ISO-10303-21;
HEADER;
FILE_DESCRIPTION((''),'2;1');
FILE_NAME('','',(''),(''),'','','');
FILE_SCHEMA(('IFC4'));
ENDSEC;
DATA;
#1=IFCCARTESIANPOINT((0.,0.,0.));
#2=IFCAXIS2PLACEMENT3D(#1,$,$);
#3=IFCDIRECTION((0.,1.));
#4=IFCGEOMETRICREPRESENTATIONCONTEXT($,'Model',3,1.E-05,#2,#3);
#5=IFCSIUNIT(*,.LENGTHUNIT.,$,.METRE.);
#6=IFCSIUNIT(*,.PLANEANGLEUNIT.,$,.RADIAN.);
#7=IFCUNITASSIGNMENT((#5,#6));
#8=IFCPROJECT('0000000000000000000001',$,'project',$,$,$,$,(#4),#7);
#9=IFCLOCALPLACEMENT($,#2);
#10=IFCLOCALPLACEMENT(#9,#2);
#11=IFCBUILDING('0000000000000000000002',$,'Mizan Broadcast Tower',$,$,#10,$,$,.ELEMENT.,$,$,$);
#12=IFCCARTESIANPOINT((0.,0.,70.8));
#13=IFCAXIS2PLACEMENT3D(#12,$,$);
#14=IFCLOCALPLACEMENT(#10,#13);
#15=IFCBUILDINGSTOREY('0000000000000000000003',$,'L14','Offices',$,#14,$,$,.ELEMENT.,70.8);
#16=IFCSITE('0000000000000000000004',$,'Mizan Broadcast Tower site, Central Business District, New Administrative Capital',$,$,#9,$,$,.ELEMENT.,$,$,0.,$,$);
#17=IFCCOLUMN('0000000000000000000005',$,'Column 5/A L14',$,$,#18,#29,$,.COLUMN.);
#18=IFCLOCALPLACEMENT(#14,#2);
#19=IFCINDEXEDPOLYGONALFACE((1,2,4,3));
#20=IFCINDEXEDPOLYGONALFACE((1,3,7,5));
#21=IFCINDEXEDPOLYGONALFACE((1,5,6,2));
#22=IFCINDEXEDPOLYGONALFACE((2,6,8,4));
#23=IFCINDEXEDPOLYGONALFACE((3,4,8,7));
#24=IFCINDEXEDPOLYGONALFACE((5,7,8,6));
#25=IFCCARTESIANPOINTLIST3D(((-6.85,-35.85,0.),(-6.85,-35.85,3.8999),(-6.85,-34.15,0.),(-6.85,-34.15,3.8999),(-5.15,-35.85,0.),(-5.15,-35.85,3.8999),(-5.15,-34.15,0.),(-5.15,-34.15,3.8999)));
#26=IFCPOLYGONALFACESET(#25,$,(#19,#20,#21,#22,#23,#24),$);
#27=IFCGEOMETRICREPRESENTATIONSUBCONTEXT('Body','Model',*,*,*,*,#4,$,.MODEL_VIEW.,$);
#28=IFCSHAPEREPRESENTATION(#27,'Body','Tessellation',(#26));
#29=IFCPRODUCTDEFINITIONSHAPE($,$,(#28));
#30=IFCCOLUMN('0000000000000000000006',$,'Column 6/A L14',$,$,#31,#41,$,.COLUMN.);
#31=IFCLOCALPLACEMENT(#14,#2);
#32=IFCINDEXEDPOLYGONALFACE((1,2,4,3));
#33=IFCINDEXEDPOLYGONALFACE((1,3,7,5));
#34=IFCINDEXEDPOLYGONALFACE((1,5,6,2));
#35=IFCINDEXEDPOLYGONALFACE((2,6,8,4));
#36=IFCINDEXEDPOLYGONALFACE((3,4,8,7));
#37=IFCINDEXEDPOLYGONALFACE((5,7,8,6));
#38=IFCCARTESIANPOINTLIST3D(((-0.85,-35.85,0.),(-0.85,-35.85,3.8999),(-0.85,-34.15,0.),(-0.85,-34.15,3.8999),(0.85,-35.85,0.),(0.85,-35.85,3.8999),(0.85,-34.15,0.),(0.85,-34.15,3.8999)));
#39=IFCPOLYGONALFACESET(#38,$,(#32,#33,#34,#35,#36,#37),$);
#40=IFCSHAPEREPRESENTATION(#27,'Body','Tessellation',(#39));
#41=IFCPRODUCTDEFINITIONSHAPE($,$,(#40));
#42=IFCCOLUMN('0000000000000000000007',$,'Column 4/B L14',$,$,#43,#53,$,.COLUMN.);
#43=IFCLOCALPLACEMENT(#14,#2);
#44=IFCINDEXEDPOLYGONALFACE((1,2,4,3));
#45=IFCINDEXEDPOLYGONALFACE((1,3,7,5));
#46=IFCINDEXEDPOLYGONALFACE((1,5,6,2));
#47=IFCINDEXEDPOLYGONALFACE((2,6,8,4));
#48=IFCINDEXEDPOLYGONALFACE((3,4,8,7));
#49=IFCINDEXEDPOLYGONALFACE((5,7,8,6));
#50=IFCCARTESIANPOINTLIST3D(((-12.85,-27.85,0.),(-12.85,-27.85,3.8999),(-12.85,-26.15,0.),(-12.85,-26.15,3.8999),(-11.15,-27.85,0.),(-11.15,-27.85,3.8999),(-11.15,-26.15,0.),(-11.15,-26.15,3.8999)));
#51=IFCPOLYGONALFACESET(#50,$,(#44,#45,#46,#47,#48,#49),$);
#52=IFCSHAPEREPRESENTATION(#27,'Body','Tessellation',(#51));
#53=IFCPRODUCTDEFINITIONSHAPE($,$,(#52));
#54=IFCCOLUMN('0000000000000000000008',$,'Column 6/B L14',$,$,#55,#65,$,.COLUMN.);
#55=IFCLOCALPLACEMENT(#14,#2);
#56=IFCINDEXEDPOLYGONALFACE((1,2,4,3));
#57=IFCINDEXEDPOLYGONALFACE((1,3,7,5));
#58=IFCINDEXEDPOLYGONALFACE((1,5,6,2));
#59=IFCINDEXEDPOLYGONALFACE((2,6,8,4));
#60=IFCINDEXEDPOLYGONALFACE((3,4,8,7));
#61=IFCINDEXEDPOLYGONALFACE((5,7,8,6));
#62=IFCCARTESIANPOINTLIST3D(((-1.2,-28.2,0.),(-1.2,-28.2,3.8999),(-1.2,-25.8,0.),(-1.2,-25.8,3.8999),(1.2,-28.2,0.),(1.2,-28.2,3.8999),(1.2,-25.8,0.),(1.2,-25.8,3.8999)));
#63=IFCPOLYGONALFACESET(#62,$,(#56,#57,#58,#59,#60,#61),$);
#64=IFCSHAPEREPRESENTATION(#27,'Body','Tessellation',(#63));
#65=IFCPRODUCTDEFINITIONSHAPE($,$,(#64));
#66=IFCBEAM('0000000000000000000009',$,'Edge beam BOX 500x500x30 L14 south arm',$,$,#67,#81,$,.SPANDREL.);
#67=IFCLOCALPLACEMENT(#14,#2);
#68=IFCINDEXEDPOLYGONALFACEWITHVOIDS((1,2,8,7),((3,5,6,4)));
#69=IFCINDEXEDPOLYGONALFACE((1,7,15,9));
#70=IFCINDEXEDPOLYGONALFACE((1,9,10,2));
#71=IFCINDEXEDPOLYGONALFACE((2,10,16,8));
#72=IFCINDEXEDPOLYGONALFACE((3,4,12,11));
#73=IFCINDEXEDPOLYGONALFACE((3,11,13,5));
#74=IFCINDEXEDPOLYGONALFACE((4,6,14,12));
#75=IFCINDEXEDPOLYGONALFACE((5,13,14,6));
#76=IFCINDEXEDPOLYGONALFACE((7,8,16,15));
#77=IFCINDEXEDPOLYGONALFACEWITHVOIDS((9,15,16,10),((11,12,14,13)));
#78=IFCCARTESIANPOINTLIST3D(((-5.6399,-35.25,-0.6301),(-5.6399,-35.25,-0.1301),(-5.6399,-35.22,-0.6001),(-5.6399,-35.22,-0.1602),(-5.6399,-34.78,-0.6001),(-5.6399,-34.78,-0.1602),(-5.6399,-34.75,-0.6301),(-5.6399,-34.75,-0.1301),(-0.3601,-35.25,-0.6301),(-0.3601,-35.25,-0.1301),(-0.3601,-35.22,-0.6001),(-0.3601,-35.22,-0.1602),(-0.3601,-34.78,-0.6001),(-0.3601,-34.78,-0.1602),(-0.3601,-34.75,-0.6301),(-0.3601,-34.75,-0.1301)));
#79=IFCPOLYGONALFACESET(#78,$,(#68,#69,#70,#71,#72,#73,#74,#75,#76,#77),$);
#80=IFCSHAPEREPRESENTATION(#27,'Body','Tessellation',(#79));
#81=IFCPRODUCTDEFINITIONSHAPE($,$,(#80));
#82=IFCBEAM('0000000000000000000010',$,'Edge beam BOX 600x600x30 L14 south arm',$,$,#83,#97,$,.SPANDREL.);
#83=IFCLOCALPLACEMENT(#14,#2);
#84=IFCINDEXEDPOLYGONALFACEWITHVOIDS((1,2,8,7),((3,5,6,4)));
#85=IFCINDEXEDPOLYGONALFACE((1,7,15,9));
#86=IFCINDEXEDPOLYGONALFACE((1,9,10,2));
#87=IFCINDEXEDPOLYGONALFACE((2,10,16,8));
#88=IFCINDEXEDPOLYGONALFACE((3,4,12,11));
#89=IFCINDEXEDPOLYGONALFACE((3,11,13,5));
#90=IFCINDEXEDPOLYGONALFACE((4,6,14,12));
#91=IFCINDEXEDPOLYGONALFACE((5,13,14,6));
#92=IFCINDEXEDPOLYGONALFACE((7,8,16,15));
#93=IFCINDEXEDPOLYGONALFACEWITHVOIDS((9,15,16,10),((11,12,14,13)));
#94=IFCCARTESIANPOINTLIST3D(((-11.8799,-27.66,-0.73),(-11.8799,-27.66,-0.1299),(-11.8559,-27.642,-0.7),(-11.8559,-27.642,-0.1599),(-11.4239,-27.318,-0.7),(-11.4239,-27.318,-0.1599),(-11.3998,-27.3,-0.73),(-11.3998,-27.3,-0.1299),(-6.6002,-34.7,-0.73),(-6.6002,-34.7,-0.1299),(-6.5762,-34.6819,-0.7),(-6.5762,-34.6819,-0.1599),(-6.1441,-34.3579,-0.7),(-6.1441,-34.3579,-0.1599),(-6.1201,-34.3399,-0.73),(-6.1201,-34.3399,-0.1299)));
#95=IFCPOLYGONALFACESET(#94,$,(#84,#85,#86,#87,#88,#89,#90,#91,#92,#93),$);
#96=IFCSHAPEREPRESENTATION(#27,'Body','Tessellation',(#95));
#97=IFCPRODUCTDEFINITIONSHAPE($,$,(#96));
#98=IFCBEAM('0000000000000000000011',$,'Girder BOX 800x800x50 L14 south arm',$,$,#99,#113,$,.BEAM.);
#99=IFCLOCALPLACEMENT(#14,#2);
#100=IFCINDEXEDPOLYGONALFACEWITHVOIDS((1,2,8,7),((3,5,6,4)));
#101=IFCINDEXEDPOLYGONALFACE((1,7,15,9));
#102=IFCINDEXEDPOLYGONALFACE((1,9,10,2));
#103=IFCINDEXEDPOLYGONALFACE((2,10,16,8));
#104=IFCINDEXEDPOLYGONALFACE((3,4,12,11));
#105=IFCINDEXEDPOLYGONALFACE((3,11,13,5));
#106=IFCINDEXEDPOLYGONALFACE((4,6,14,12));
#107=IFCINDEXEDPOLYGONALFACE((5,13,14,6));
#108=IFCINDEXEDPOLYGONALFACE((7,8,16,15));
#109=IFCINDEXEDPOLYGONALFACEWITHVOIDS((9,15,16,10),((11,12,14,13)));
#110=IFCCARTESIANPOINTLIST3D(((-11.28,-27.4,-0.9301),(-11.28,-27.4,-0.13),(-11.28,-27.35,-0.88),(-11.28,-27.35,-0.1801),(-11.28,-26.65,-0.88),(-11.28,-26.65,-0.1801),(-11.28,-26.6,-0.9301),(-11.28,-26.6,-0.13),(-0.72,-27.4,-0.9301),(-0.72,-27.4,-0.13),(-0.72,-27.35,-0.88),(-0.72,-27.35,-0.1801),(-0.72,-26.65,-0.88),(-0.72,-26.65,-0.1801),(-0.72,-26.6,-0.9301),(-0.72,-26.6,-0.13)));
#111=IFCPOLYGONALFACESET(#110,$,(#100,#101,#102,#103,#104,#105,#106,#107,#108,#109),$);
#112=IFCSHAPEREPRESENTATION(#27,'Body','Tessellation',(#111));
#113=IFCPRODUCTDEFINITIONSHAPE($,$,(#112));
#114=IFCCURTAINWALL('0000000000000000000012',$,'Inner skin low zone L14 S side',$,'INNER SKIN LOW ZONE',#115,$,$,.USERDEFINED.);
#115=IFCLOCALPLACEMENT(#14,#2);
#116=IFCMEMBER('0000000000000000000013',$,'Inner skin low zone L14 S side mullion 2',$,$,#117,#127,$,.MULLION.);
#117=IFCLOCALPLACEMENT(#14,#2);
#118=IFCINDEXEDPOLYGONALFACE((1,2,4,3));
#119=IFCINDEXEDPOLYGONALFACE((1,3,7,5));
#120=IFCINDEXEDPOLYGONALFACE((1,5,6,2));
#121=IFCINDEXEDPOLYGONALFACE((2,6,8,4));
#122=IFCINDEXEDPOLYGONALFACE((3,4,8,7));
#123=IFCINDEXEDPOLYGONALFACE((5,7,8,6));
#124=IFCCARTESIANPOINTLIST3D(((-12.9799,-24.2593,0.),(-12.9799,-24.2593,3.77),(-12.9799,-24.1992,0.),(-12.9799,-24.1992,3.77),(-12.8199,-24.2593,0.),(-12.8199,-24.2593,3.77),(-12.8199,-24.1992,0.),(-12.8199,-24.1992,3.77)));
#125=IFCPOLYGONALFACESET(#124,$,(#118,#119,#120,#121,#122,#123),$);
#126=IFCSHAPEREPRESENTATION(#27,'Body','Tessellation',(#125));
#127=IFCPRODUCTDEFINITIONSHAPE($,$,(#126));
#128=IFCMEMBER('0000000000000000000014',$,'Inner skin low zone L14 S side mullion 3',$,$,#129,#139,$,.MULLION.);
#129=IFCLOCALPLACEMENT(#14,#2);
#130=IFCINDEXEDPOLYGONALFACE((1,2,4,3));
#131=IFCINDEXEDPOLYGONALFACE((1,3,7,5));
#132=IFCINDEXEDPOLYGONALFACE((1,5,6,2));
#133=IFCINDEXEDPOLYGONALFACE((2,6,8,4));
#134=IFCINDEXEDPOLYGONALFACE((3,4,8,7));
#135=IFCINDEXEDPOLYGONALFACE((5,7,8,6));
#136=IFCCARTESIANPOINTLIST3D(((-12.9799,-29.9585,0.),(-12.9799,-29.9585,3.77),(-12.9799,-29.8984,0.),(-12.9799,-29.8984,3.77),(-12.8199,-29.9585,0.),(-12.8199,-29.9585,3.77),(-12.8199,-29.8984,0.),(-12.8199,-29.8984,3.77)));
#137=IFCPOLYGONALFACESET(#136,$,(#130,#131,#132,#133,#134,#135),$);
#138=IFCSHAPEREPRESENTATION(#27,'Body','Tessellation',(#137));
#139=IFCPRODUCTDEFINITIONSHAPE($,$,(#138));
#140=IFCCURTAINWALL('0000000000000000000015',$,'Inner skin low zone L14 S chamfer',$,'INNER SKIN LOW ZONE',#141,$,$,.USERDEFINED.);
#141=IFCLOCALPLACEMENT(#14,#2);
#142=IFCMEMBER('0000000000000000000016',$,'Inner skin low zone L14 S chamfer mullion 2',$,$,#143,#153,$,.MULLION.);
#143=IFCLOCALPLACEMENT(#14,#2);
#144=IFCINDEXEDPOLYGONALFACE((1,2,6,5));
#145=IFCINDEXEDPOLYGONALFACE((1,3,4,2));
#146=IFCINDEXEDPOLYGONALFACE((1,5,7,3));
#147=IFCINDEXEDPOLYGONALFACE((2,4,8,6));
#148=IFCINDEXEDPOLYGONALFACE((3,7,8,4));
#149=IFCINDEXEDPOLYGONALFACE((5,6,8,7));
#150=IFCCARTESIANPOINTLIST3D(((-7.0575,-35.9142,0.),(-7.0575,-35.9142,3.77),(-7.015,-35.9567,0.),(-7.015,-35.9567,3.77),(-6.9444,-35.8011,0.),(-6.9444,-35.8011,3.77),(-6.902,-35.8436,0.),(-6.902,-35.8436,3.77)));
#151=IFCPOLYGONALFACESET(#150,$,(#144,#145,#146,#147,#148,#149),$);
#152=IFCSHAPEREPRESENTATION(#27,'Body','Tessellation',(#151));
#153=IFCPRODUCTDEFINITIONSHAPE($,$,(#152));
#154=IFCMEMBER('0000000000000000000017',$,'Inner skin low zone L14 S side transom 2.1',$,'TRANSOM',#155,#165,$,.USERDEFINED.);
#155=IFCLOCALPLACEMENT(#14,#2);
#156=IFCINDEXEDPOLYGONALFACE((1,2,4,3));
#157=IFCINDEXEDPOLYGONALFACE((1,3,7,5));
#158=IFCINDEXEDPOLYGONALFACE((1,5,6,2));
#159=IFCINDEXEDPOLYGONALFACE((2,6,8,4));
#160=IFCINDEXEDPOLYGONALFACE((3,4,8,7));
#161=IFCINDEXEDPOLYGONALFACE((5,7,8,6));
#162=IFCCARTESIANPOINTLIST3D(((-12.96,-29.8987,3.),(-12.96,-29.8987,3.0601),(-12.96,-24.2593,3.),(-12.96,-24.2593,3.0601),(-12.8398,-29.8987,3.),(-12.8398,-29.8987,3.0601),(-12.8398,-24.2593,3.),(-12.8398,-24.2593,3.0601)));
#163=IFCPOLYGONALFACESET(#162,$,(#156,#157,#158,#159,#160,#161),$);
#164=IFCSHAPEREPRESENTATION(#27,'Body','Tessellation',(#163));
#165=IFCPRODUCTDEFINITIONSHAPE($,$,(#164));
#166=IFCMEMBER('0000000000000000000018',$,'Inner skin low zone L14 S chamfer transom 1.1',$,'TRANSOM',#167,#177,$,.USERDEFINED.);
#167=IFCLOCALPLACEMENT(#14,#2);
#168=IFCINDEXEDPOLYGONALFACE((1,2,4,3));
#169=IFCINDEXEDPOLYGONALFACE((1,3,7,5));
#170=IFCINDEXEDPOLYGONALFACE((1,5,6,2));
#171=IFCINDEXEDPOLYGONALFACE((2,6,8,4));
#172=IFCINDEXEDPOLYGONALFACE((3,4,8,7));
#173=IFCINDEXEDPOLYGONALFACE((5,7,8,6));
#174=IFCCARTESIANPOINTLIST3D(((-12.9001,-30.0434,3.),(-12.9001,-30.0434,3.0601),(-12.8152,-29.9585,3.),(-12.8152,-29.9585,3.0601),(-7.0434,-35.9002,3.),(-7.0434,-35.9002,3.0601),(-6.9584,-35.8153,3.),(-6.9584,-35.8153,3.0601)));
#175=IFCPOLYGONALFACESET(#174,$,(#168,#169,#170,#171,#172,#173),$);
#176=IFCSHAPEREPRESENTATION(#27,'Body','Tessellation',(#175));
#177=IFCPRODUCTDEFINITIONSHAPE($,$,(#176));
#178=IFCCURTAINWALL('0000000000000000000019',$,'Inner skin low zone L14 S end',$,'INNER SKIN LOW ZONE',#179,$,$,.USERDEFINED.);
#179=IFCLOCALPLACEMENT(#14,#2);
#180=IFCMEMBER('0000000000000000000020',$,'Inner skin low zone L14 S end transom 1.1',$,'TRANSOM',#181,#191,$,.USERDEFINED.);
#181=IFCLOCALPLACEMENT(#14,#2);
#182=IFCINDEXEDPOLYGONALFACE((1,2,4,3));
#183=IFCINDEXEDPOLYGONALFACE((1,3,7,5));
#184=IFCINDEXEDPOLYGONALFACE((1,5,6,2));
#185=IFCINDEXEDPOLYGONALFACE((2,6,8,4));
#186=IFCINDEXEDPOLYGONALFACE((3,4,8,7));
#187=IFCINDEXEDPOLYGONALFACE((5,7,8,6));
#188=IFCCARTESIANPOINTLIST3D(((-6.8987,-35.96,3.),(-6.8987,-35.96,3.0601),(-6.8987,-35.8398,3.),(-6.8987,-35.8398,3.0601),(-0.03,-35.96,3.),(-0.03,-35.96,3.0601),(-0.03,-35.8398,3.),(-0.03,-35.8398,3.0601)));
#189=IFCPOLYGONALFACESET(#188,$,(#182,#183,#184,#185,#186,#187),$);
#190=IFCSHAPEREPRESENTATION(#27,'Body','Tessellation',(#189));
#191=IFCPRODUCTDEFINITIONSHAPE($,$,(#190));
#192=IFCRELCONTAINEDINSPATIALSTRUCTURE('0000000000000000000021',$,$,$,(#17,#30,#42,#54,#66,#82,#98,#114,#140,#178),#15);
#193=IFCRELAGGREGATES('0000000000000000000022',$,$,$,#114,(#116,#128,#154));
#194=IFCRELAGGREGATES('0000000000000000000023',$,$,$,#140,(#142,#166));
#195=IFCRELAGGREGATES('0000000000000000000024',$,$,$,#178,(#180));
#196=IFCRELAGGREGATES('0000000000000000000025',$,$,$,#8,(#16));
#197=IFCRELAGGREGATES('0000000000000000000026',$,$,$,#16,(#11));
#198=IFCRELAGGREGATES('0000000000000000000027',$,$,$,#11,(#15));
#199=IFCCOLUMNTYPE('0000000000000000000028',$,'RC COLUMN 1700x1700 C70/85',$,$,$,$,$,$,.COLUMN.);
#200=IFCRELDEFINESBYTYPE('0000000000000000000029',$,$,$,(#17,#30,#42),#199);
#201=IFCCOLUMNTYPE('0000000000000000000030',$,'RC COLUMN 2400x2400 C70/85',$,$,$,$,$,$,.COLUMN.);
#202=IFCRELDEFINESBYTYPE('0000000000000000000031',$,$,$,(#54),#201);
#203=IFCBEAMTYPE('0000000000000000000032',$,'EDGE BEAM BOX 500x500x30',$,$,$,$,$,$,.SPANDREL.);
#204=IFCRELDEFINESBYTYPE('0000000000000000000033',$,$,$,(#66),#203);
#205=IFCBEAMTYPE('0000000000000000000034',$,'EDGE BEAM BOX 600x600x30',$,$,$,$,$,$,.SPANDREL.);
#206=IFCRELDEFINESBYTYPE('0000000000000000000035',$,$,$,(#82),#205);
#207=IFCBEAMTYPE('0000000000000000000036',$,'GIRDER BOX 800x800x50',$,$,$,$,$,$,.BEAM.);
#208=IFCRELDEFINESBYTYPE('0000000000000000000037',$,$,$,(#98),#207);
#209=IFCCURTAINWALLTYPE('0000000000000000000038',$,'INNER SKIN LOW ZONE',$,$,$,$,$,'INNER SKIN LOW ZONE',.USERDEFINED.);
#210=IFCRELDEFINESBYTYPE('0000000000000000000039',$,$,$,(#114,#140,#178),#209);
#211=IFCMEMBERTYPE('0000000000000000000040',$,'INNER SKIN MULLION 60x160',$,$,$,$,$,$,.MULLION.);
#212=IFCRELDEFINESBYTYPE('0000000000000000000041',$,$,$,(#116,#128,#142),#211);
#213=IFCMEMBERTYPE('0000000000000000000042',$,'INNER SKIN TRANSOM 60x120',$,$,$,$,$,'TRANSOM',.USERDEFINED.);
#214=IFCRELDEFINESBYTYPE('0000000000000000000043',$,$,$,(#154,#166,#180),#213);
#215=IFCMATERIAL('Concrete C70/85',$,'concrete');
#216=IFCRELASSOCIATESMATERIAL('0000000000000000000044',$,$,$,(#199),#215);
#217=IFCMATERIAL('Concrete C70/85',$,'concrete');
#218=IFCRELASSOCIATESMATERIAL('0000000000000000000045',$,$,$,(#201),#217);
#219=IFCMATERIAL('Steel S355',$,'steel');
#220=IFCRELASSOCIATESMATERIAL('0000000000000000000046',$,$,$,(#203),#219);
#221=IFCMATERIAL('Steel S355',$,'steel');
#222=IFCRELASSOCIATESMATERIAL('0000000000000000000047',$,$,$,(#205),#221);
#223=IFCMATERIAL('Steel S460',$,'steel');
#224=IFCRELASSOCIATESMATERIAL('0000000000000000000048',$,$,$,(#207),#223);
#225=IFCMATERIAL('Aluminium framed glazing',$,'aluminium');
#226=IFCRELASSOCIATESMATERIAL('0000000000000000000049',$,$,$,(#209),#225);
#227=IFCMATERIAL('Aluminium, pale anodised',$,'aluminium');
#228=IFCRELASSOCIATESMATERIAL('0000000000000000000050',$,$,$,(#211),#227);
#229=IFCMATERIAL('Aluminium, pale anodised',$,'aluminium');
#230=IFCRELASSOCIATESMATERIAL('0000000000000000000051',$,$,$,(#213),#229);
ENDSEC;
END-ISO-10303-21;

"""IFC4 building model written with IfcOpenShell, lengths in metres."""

from ifc_helpers import new_model, si_unit, direction, frame, origin, origin_2d, place, context, subcontext, project, spatial, rectangle, hollow_rectangle, extrude, material, material_profile, profile_set, type_object, element, aggregate, save


model = new_model("IFC4")

# Units and contexts
model_context = context("Model", 3, precision=1e-05, world=origin(), true_north=direction((0.0, 1.0)))
body_context = subcontext(model_context, "Body", "Model", "MODEL_VIEW")
ifc_project = project(units=[si_unit("LENGTHUNIT", "METRE"), si_unit("PLANEANGLEUNIT", "RADIAN")], contexts=[model_context])

# Site, building, storey
site_placement = place(None, origin())
site = spatial("IfcSite", under=ifc_project, at=site_placement, Name="Mizan Broadcast Tower site, Central Business District, New Administrative Capital", CompositionType="ELEMENT", RefElevation=0.0)
building_placement = place(site_placement, origin())
building = spatial("IfcBuilding", under=site, at=building_placement, Name="Mizan Broadcast Tower", CompositionType="ELEMENT")
storey_placement = place(building_placement, frame((0.0, 0.0, 70.8)))
storey = spatial("IfcBuildingStorey", under=building, at=storey_placement, Name="L14", Description="Offices", CompositionType="ELEMENT", Elevation=70.8)

# Columns
ifc_material_1 = material(Name="Concrete C70/85", Category="concrete")
ifc_material_profile_1 = material_profile(ifc_material_1, rectangle(XDim=1.7, YDim=1.7, at=origin_2d()), Name="RC 1700x1700")
ifc_profile_set_1 = profile_set([ifc_material_profile_1], Name="Concrete C70/85")
column_type_1 = type_object("IfcColumnType", Name="RC COLUMN 1700x1700 C70/85", PredefinedType="COLUMN", material=ifc_profile_set_1)
for number, where, z_axis, x_axis, name in (
    (1, (-6.0, -35.0, 0.0), (0.0, 0.0, 1.0), (1.0, 0.0, 0.0), "Column 5/A L14"),
    (2, (0.0, -35.0, 0.0), (0.0, 0.0, 1.0), (1.0, 0.0, 0.0), "Column 6/A L14"),
    (3, (-12.0, -27.0, 0.0), (0.0, 0.0, 1.0), (1.0, 0.0, 0.0), "Column 4/B L14"),
):
    element("IfcColumn", number, at=place(storey_placement, frame(where, z_axis=z_axis, x_axis=x_axis)), inside=storey, type_object=column_type_1, Name=name, PredefinedType="COLUMN", context=body_context, shape_type="SweptSolid", body=[
        extrude(rectangle(XDim=1.7, YDim=1.7, at=origin_2d()), origin(), (0.0, 0.0, 1.0), 3.8999),
    ])
ifc_material_2 = material(Name="Concrete C70/85", Category="concrete")
ifc_material_profile_2 = material_profile(ifc_material_2, rectangle(XDim=2.3999, YDim=2.3999, at=origin_2d()), Name="RC 2400x2400")
ifc_profile_set_2 = profile_set([ifc_material_profile_2], Name="Concrete C70/85")
column_type_2 = type_object("IfcColumnType", Name="RC COLUMN 2400x2400 C70/85", PredefinedType="COLUMN", material=ifc_profile_set_2)
column_placement = place(storey_placement, frame((0.0, -27.0, 0.0), z_axis=(0.0, 0.0, 1.0), x_axis=(1.0, 0.0, 0.0)))
element("IfcColumn", 4, at=column_placement, inside=storey, type_object=column_type_2, Name="Column 6/B L14", PredefinedType="COLUMN", context=body_context, shape_type="SweptSolid", body=[
    extrude(rectangle(XDim=2.3999, YDim=2.3999, at=origin_2d()), origin(), (0.0, 0.0, 1.0), 3.8999),
])

# Beams
ifc_material_3 = material(Name="Steel S355", Category="steel")
ifc_material_profile_3 = material_profile(ifc_material_3, hollow_rectangle(XDim=0.5, YDim=0.5, WallThickness=0.03, at=origin_2d()), Name="BOX 500x500x30")
ifc_profile_set_3 = profile_set([ifc_material_profile_3], Name="Steel S355")
beam_type_1 = type_object("IfcBeamType", Name="EDGE BEAM BOX 500x500x30", PredefinedType="SPANDREL", material=ifc_profile_set_3)
beam_1_placement = place(storey_placement, frame((-5.6399, -35.0, -0.3801), z_axis=(1.0, 0.0, 0.0), x_axis=(0.0, 1.0, 0.0)))
element("IfcBeam", 5, at=beam_1_placement, inside=storey, type_object=beam_type_1, Name="Edge beam BOX 500x500x30 L14 south arm", PredefinedType="SPANDREL", context=body_context, shape_type="SweptSolid", body=[
    extrude(hollow_rectangle(XDim=0.5, YDim=0.5, WallThickness=0.03, at=origin_2d()), origin(), (0.0, 0.0, 1.0), 5.2798),
])
ifc_material_4 = material(Name="Steel S355", Category="steel")
ifc_material_profile_4 = material_profile(ifc_material_4, hollow_rectangle(XDim=0.6001, YDim=0.6001, WallThickness=0.03, at=origin_2d()), Name="BOX 600x600x30")
ifc_profile_set_4 = profile_set([ifc_material_profile_4], Name="Steel S355")
beam_type_2 = type_object("IfcBeamType", Name="EDGE BEAM BOX 600x600x30", PredefinedType="SPANDREL", material=ifc_profile_set_4)
beam_2_placement = place(storey_placement, frame((-11.6399, -27.48, -0.4299), z_axis=(0.599982, -0.800013, 0.0), x_axis=(0.800013, 0.599982, 0.0)))
element("IfcBeam", 6, at=beam_2_placement, inside=storey, type_object=beam_type_2, Name="Edge beam BOX 600x600x30 L14 south arm", PredefinedType="SPANDREL", context=body_context, shape_type="SweptSolid", body=[
    extrude(hollow_rectangle(XDim=0.6001, YDim=0.6001, WallThickness=0.03, at=origin_2d()), origin(), (0.0, 0.0, 1.0), 8.7998),
])
ifc_material_5 = material(Name="Steel S460", Category="steel")
ifc_material_profile_5 = material_profile(ifc_material_5, hollow_rectangle(XDim=0.8, YDim=0.8, WallThickness=0.05, at=origin_2d()), Name="BOX 800x800x50")
ifc_profile_set_5 = profile_set([ifc_material_profile_5], Name="Steel S460")
beam_type_3 = type_object("IfcBeamType", Name="GIRDER BOX 800x800x50", PredefinedType="BEAM", material=ifc_profile_set_5)
beam_3_placement = place(storey_placement, frame((-11.28, -27.0, -0.53), z_axis=(1.0, 0.0, 0.0), x_axis=(0.0, 1.0, 0.0)))
element("IfcBeam", 7, at=beam_3_placement, inside=storey, type_object=beam_type_3, Name="Girder BOX 800x800x50 L14 south arm", PredefinedType="BEAM", context=body_context, shape_type="SweptSolid", body=[
    extrude(hollow_rectangle(XDim=0.8, YDim=0.8, WallThickness=0.05, at=origin_2d()), origin(), (0.0, 0.0, 1.0), 10.5601),
])

# Curtain wall, members
ifc_material_6 = material(Name="Aluminium framed glazing", Category="aluminium")
curtain_wall_type_1 = type_object("IfcCurtainWallType", Name="INNER SKIN LOW ZONE", ElementType="INNER SKIN LOW ZONE", PredefinedType="USERDEFINED", material=ifc_material_6)
curtain_wall_1_placement = place(storey_placement, origin())
curtain_wall_1 = element("IfcCurtainWall", 8, at=curtain_wall_1_placement, inside=storey, type_object=curtain_wall_type_1, Name="Inner skin low zone L14 S side", ObjectType="INNER SKIN LOW ZONE", PredefinedType="USERDEFINED")
ifc_material_7 = material(Name="Aluminium, pale anodised", Category="aluminium")
ifc_material_profile_6 = material_profile(ifc_material_7, rectangle(XDim=0.1599, YDim=0.0601, at=origin_2d()), Name="MULLION 160x60")
ifc_profile_set_6 = profile_set([ifc_material_profile_6], Name="Aluminium, pale anodised")
member_type_1 = type_object("IfcMemberType", Name="INNER SKIN MULLION 60x160", PredefinedType="MULLION", material=ifc_profile_set_6)
member_1_placement = place(storey_placement, frame((-12.8999, -24.2292, 0.0), z_axis=(0.0, 0.0, 1.0), x_axis=(1.0, 0.0, 0.0)))
member_1 = element("IfcMember", 9, at=member_1_placement, type_object=member_type_1, Name="Inner skin low zone L14 S side mullion 2", PredefinedType="MULLION", context=body_context, shape_type="SweptSolid", body=[
    extrude(rectangle(XDim=0.1599, YDim=0.0601, at=origin_2d()), origin(), (0.0, 0.0, 1.0), 3.77),
])
member_2_placement = place(storey_placement, frame((-12.8999, -29.9285, 0.0), z_axis=(0.0, 0.0, 1.0), x_axis=(1.0, 0.0, 0.0)))
member_2 = element("IfcMember", 10, at=member_2_placement, type_object=member_type_1, Name="Inner skin low zone L14 S side mullion 3", PredefinedType="MULLION", context=body_context, shape_type="SweptSolid", body=[
    extrude(rectangle(XDim=0.1599, YDim=0.0601, at=origin_2d()), origin(), (0.0, 0.0, 1.0), 3.77),
])

# Curtain wall, member
curtain_wall_2_placement = place(storey_placement, origin())
curtain_wall_2 = element("IfcCurtainWall", 11, at=curtain_wall_2_placement, inside=storey, type_object=curtain_wall_type_1, Name="Inner skin low zone L14 S chamfer", ObjectType="INNER SKIN LOW ZONE", PredefinedType="USERDEFINED")
member_3_placement = place(storey_placement, frame((-6.9797, -35.8789, 0.0), z_axis=(0.0, 0.0, 1.0), x_axis=(0.707107, 0.707107, 0.0)))
member_3 = element("IfcMember", 12, at=member_3_placement, type_object=member_type_1, Name="Inner skin low zone L14 S chamfer mullion 2", PredefinedType="MULLION", context=body_context, shape_type="SweptSolid", body=[
    extrude(rectangle(XDim=0.1599, YDim=0.0601, at=origin_2d()), origin(), (0.0, 0.0, 1.0), 3.77),
])

# Members
ifc_material_8 = material(Name="Aluminium, pale anodised", Category="aluminium")
ifc_material_profile_7 = material_profile(ifc_material_8, rectangle(XDim=0.1201, YDim=0.0601, at=origin_2d()), Name="TRANSOM 120x60")
ifc_profile_set_7 = profile_set([ifc_material_profile_7], Name="Aluminium, pale anodised")
member_type_2 = type_object("IfcMemberType", Name="INNER SKIN TRANSOM 60x120", ElementType="TRANSOM", PredefinedType="USERDEFINED", material=ifc_profile_set_7)
member_4_placement = place(storey_placement, frame((-12.8999, -24.2593, 3.03), z_axis=(0.0, -1.0, 0.0), x_axis=(1.0, 0.0, 0.0)))
member_4 = element("IfcMember", 13, at=member_4_placement, type_object=member_type_2, Name="Inner skin low zone L14 S side transom 2.1", ObjectType="TRANSOM", PredefinedType="USERDEFINED", context=body_context, shape_type="SweptSolid", body=[
    extrude(rectangle(XDim=0.1201, YDim=0.0601, at=origin_2d()), origin(), (0.0, 0.0, 1.0), 5.6394),
])
member_5_placement = place(storey_placement, frame((-12.8577, -30.001, 3.03), z_axis=(0.707107, -0.707107, 0.0), x_axis=(0.707107, 0.707107, 0.0)))
member_5 = element("IfcMember", 14, at=member_5_placement, type_object=member_type_2, Name="Inner skin low zone L14 S chamfer transom 1.1", ObjectType="TRANSOM", PredefinedType="USERDEFINED", context=body_context, shape_type="SweptSolid", body=[
    extrude(rectangle(XDim=0.1201, YDim=0.0601, at=origin_2d()), origin(), (0.0, 0.0, 1.0), 8.2827),
])

# Curtain wall, member
curtain_wall_3_placement = place(storey_placement, origin())
curtain_wall_3 = element("IfcCurtainWall", 15, at=curtain_wall_3_placement, inside=storey, type_object=curtain_wall_type_1, Name="Inner skin low zone L14 S end", ObjectType="INNER SKIN LOW ZONE", PredefinedType="USERDEFINED")
member_6_placement = place(storey_placement, frame((-6.8987, -35.8999, 3.03), z_axis=(1.0, 0.0, 0.0), x_axis=(0.0, 1.0, 0.0)))
member_6 = element("IfcMember", 16, at=member_6_placement, type_object=member_type_2, Name="Inner skin low zone L14 S end transom 1.1", ObjectType="TRANSOM", PredefinedType="USERDEFINED", context=body_context, shape_type="SweptSolid", body=[
    extrude(rectangle(XDim=0.1201, YDim=0.0601, at=origin_2d()), origin(), (0.0, 0.0, 1.0), 6.8687),
])

aggregate(curtain_wall_1, [member_1, member_2, member_4])
aggregate(curtain_wall_2, [member_3, member_5])
aggregate(curtain_wall_3, [member_6])

save(model, "model.ifc")
